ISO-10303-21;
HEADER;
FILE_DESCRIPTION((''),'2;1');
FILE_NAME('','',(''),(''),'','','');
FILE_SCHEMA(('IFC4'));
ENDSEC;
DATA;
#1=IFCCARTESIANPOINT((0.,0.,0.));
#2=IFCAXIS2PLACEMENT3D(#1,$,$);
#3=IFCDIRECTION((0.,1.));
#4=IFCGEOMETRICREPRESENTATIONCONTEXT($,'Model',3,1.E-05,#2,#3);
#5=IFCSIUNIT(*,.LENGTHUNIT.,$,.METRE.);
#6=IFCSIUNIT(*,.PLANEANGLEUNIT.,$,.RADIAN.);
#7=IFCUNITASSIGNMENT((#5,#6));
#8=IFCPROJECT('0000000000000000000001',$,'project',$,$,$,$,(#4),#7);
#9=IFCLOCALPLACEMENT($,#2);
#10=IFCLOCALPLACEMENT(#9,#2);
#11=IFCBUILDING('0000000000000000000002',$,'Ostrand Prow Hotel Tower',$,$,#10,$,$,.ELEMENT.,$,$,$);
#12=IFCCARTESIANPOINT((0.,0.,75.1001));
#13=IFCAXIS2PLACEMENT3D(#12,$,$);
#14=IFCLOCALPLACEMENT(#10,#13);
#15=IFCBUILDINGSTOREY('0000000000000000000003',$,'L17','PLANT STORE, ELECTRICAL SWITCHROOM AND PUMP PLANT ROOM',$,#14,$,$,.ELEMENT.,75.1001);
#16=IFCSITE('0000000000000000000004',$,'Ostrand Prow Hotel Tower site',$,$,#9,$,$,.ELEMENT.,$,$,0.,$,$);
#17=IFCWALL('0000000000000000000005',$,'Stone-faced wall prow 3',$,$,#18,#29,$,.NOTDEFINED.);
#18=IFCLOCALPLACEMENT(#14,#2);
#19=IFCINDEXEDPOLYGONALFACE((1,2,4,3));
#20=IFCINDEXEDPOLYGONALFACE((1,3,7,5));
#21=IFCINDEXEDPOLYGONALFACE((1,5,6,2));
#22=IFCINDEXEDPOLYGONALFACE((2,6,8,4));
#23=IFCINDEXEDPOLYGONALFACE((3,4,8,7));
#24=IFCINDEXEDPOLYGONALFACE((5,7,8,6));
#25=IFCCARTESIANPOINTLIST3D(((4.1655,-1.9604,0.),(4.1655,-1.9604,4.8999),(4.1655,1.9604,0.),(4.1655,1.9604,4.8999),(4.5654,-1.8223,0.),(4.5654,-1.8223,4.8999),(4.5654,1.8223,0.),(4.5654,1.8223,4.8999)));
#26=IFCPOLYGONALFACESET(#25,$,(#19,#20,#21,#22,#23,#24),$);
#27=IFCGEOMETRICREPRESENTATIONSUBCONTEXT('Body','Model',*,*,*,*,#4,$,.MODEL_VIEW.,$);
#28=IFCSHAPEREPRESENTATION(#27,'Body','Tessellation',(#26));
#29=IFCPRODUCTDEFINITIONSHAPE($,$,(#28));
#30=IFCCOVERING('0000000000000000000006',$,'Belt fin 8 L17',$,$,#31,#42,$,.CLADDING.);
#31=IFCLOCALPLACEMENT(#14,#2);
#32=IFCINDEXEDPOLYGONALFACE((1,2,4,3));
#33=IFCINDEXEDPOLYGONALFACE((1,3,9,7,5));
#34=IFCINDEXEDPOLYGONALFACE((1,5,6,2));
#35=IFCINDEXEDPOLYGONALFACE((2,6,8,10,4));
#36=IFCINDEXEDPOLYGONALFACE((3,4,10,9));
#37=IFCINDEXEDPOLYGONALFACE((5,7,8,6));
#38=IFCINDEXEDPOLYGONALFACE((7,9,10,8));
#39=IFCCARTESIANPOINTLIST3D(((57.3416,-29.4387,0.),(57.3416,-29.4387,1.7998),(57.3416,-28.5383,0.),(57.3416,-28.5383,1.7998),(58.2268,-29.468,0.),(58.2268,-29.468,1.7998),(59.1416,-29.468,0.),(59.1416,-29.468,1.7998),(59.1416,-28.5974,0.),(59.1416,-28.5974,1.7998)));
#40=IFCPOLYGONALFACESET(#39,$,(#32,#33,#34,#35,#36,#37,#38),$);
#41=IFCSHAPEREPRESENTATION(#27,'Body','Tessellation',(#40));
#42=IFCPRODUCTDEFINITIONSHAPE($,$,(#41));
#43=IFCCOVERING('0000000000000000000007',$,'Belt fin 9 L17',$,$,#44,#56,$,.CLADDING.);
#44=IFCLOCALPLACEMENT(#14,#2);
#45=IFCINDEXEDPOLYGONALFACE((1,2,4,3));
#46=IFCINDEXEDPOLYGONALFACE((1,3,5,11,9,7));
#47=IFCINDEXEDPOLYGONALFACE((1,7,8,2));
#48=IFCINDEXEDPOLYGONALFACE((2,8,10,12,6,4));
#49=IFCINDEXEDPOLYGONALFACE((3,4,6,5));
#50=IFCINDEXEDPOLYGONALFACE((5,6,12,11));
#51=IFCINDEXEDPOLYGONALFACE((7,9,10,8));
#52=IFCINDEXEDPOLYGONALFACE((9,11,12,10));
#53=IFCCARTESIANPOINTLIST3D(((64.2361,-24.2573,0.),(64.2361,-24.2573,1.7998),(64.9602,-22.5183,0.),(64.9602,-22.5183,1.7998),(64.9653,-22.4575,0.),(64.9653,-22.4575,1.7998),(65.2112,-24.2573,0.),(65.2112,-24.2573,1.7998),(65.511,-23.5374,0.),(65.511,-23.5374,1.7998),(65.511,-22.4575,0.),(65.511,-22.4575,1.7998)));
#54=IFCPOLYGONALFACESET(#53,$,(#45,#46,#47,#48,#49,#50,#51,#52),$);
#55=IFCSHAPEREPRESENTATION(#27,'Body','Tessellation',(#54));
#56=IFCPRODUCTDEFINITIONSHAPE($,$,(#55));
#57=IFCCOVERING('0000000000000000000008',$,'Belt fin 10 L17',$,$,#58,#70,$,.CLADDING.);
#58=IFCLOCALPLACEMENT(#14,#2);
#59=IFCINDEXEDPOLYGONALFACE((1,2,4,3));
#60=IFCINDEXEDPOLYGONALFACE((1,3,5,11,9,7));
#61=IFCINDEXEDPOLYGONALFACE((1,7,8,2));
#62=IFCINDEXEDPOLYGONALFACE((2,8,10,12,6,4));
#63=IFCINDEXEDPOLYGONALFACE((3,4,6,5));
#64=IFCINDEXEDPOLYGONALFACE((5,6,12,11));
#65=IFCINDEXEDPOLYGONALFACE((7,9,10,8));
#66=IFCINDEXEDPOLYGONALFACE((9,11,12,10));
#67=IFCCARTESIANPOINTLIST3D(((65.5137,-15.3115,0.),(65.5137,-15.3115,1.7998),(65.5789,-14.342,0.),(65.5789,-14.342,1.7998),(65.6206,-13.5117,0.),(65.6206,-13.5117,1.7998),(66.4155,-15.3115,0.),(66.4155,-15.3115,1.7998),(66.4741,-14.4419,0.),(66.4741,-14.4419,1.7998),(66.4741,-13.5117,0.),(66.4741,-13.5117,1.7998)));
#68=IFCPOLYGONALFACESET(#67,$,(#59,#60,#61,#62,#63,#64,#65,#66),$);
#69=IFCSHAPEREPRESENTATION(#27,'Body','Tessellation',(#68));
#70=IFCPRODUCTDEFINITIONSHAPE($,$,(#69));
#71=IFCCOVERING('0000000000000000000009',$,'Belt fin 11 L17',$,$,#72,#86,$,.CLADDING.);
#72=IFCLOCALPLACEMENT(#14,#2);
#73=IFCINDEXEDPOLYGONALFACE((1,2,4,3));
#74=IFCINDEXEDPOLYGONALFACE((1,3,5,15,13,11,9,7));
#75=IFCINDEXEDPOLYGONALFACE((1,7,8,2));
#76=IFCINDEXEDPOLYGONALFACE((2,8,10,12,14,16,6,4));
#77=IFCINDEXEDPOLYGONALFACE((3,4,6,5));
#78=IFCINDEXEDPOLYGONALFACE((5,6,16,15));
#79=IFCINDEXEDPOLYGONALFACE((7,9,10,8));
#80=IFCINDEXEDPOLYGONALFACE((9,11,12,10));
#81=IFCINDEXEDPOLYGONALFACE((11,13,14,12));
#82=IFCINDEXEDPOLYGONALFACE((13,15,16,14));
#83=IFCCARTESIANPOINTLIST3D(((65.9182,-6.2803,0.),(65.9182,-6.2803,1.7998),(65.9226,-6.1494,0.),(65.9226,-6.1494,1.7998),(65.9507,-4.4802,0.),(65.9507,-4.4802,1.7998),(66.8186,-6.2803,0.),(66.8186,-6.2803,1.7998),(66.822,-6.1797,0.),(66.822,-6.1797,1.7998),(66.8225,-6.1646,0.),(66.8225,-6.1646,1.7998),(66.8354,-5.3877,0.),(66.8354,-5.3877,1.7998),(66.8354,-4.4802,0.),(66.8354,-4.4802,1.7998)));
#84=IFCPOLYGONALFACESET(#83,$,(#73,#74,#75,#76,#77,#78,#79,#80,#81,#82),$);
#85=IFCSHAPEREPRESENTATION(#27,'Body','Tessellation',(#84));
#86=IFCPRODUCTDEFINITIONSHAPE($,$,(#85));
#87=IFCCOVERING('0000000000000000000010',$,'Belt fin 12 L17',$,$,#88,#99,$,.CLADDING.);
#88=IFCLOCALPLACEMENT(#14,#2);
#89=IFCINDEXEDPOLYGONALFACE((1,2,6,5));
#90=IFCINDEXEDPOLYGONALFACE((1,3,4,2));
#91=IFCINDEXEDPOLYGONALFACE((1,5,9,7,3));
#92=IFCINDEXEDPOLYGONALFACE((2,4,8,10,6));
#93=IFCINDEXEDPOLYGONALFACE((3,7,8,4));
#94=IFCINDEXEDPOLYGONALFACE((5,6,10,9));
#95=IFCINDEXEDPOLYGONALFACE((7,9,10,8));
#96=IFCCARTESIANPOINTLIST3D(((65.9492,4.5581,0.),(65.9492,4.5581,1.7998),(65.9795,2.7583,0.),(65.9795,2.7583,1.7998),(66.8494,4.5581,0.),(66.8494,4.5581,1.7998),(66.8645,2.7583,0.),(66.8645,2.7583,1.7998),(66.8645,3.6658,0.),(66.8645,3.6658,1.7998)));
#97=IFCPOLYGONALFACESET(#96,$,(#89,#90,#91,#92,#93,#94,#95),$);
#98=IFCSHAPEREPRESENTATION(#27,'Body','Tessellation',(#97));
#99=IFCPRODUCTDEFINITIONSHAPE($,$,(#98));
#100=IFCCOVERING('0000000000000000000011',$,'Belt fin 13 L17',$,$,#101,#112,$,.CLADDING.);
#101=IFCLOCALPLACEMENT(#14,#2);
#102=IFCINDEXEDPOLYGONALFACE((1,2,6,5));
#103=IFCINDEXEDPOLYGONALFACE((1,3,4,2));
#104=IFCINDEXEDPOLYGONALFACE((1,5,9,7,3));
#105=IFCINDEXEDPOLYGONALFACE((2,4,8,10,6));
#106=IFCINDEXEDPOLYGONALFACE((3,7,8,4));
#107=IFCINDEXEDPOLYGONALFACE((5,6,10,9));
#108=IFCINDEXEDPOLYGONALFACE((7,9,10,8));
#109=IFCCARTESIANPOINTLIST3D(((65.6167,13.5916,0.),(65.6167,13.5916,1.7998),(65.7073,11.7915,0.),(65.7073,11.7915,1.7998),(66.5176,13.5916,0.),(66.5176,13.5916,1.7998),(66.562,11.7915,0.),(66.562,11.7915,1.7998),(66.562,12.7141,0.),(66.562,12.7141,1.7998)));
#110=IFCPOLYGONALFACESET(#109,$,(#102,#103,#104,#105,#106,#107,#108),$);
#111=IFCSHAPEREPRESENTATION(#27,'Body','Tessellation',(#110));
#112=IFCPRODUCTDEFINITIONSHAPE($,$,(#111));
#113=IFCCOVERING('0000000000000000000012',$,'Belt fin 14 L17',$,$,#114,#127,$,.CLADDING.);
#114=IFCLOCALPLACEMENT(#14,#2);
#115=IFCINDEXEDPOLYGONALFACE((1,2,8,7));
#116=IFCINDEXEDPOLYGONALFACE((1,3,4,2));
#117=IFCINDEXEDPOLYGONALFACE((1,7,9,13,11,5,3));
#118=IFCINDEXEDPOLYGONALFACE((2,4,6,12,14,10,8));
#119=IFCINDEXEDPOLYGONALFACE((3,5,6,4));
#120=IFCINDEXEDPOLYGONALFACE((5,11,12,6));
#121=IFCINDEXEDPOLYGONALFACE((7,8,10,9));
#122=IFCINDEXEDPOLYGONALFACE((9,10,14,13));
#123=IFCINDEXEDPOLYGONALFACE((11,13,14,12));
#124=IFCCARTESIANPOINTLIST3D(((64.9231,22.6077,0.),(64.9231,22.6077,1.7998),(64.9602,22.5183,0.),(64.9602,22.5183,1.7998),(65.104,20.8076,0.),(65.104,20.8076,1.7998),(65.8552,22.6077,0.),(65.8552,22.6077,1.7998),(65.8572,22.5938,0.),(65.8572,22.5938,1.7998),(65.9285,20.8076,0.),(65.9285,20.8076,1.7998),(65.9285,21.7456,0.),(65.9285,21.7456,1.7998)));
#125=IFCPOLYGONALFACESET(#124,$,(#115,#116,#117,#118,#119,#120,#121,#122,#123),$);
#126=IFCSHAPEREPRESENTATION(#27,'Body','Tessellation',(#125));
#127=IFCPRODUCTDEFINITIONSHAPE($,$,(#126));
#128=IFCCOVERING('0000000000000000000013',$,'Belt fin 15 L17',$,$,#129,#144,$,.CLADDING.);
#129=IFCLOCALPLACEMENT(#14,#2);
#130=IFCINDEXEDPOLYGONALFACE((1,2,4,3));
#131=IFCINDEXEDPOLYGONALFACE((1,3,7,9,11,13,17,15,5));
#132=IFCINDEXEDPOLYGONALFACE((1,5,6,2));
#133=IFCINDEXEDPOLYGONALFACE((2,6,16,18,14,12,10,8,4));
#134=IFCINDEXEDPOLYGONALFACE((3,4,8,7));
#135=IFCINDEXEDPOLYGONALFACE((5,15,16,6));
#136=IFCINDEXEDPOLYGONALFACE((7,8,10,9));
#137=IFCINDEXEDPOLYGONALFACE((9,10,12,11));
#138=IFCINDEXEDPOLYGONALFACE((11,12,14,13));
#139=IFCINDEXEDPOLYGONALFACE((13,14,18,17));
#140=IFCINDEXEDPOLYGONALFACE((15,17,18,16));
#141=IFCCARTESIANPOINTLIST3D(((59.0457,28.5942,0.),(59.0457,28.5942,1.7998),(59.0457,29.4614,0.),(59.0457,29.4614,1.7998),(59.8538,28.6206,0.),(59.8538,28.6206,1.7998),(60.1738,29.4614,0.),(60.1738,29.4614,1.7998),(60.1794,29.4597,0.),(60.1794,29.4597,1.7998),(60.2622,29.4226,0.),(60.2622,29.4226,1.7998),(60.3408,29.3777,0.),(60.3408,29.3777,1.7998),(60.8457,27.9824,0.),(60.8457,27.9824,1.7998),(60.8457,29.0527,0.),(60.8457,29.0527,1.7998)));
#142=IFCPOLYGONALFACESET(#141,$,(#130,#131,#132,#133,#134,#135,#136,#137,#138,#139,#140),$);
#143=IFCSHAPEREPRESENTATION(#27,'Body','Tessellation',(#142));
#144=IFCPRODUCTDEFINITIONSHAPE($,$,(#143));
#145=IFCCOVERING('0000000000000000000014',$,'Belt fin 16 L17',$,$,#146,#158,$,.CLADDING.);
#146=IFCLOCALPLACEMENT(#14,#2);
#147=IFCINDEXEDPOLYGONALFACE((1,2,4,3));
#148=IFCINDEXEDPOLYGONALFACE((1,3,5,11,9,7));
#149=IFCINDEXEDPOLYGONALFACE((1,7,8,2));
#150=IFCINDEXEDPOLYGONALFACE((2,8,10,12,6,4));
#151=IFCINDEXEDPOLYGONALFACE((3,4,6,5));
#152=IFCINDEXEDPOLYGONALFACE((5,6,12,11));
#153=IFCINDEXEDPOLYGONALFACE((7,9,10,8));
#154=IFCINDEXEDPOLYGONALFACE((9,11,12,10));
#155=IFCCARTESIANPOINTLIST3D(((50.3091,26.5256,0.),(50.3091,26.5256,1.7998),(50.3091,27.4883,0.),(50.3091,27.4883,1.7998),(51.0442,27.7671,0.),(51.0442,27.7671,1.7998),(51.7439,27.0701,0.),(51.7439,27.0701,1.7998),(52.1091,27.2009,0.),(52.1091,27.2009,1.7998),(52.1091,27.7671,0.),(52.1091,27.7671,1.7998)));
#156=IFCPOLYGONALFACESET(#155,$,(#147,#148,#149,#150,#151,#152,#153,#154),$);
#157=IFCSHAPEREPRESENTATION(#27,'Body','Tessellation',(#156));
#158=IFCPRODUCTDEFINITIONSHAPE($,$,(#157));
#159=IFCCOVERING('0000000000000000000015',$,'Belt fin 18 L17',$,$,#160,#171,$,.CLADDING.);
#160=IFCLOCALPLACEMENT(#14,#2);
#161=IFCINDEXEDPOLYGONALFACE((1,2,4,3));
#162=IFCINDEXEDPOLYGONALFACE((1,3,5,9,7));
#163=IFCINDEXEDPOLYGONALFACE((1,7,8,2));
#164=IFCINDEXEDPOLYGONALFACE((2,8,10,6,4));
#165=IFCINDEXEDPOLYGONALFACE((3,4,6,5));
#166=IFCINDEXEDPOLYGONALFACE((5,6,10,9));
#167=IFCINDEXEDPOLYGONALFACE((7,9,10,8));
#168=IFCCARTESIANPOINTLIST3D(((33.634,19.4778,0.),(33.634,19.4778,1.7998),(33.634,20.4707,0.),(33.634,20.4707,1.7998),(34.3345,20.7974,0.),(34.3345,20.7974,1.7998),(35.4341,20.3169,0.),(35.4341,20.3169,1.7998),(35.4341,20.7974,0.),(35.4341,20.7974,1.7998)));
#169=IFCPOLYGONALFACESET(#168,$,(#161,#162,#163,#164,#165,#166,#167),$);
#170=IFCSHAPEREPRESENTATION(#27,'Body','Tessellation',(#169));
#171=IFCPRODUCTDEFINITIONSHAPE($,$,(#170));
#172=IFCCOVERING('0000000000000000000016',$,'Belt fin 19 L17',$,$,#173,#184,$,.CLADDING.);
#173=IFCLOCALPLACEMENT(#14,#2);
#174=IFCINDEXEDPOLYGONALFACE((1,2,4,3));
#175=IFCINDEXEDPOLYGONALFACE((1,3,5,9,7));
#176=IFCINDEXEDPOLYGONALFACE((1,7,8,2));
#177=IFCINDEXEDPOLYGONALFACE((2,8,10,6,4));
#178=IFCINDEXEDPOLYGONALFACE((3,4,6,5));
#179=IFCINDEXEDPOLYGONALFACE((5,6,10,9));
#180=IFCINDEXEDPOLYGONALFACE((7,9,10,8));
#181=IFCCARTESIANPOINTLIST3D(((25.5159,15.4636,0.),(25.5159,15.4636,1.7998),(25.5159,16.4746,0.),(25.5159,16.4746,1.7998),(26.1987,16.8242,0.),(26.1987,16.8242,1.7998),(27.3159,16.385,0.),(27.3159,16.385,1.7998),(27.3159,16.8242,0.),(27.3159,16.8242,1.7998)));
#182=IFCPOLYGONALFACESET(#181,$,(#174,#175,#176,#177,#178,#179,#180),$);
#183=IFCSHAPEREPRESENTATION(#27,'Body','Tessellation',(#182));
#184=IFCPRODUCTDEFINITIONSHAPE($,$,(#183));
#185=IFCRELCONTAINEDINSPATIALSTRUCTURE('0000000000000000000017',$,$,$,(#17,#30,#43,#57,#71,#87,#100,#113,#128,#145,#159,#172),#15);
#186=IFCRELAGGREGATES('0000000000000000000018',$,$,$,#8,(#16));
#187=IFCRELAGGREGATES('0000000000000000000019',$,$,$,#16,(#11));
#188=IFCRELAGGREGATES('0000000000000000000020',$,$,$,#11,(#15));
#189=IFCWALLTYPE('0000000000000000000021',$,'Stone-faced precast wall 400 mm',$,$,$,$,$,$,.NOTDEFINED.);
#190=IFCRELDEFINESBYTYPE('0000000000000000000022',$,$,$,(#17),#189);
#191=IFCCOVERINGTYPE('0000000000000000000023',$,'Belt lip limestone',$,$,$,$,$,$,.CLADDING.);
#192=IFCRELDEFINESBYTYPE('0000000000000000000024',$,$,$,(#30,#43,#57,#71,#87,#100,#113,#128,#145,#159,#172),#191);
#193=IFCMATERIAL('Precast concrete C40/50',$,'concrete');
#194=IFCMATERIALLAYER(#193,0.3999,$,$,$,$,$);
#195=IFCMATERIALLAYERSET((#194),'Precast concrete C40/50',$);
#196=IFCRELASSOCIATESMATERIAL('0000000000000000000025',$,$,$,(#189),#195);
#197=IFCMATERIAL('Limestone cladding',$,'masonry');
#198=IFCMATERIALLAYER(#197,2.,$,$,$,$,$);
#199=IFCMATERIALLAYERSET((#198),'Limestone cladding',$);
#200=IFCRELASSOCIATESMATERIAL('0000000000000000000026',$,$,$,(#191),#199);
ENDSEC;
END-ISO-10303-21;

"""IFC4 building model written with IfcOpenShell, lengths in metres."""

from ifc_helpers import new_model, si_unit, direction, frame, origin, place, context, subcontext, project, spatial, polyline, outline, extrude, material, layer, layer_set, type_object, element, save


model = new_model("IFC4")

# Units and contexts
model_context = context("Model", 3, precision=1e-05, world=origin(), true_north=direction((0.0, 1.0)))
body_context = subcontext(model_context, "Body", "Model", "MODEL_VIEW")
ifc_project = project(units=[si_unit("LENGTHUNIT", "METRE"), si_unit("PLANEANGLEUNIT", "RADIAN")], contexts=[model_context])

# Site, building, storey
site_placement = place(None, origin())
site = spatial("IfcSite", under=ifc_project, at=site_placement, Name="Ostrand Prow Hotel Tower site", CompositionType="ELEMENT", RefElevation=0.0)
building_placement = place(site_placement, origin())
building = spatial("IfcBuilding", under=site, at=building_placement, Name="Ostrand Prow Hotel Tower", CompositionType="ELEMENT")
storey_placement = place(building_placement, frame((0.0, 0.0, 75.1001)))
storey = spatial("IfcBuildingStorey", under=building, at=storey_placement, Name="L17", Description="PLANT STORE, ELECTRICAL SWITCHROOM AND PUMP PLANT ROOM", CompositionType="ELEMENT", Elevation=75.1001)

# Wall
ifc_material_1 = material(Name="Precast concrete C40/50", Category="concrete")
ifc_layer_1 = layer(ifc_material_1, 0.3999)
ifc_layer_set_1 = layer_set([ifc_layer_1], Name="Precast concrete C40/50")
wall_type_1 = type_object("IfcWallType", Name="Stone-faced precast wall 400 mm", PredefinedType="NOTDEFINED", material=ifc_layer_set_1)
wall_1_placement = place(storey_placement, frame((4.3655, 1.8914, 0.0), z_axis=(0.0, 0.0, 1.0), x_axis=(0.0, -1.0, 0.0)))
element("IfcWall", 1, at=wall_1_placement, inside=storey, type_object=wall_type_1, Name="Stone-faced wall prow 3", PredefinedType="NOTDEFINED", context=body_context, shape_type="SweptSolid", body=[
    extrude(outline(polyline([(-0.0691, -0.2), (3.8518, -0.2), (3.7136, 0.2), (0.0691, 0.2), (-0.0691, -0.2)])), origin(), (0.0, 0.0, 1.0), 4.8999),
])

# Coverings
ifc_material_2 = material(Name="Limestone cladding", Category="masonry")
ifc_layer_2 = layer(ifc_material_2, 2.0)
ifc_layer_set_2 = layer_set([ifc_layer_2], Name="Limestone cladding")
covering_type_1 = type_object("IfcCoveringType", Name="Belt lip limestone", PredefinedType="CLADDING", material=ifc_layer_set_2)
covering_1_placement = place(storey_placement, origin())
element("IfcCovering", 2, at=covering_1_placement, inside=storey, type_object=covering_type_1, Name="Belt fin 8 L17", PredefinedType="CLADDING", context=body_context, shape_type="SweptSolid", body=[
    extrude(outline(polyline([(57.3416, -29.4387), (58.2268, -29.468), (59.1416, -29.468), (59.1416, -28.5974), (57.3416, -28.5383), (57.3416, -29.4387)])), origin(), (0.0, 0.0, 1.0), 1.7998),
])
covering_2_placement = place(storey_placement, origin())
element("IfcCovering", 3, at=covering_2_placement, inside=storey, type_object=covering_type_1, Name="Belt fin 9 L17", PredefinedType="CLADDING", context=body_context, shape_type="SweptSolid", body=[
    extrude(outline(polyline([(65.2112, -24.2573), (65.511, -23.5374), (65.511, -22.4575), (64.9653, -22.4575), (64.9602, -22.5183), (64.2361, -24.2573), (65.2112, -24.2573)])), origin(), (0.0, 0.0, 1.0), 1.7998),
])
covering_3_placement = place(storey_placement, origin())
element("IfcCovering", 4, at=covering_3_placement, inside=storey, type_object=covering_type_1, Name="Belt fin 10 L17", PredefinedType="CLADDING", context=body_context, shape_type="SweptSolid", body=[
    extrude(outline(polyline([(66.4155, -15.3115), (66.4741, -14.4419), (66.4741, -13.5117), (65.6206, -13.5117), (65.5789, -14.342), (65.5137, -15.3115), (66.4155, -15.3115)])), origin(), (0.0, 0.0, 1.0), 1.7998),
])
covering_4_placement = place(storey_placement, origin())
element("IfcCovering", 5, at=covering_4_placement, inside=storey, type_object=covering_type_1, Name="Belt fin 11 L17", PredefinedType="CLADDING", context=body_context, shape_type="SweptSolid", body=[
    extrude(outline(polyline([(66.8225, -6.1646), (66.8354, -5.3877), (66.8354, -4.4802), (65.9507, -4.4802), (65.9226, -6.1494), (65.9182, -6.2803), (66.8186, -6.2803), (66.822, -6.1797), (66.8225, -6.1646)])), origin(), (0.0, 0.0, 1.0), 1.7998),
])
covering_5_placement = place(storey_placement, origin())
element("IfcCovering", 6, at=covering_5_placement, inside=storey, type_object=covering_type_1, Name="Belt fin 12 L17", PredefinedType="CLADDING", context=body_context, shape_type="SweptSolid", body=[
    extrude(outline(polyline([(66.8645, 3.6658), (66.8494, 4.5581), (65.9492, 4.5581), (65.9795, 2.7583), (66.8645, 2.7583), (66.8645, 3.6658)])), origin(), (0.0, 0.0, 1.0), 1.7998),
])
covering_6_placement = place(storey_placement, origin())
element("IfcCovering", 7, at=covering_6_placement, inside=storey, type_object=covering_type_1, Name="Belt fin 13 L17", PredefinedType="CLADDING", context=body_context, shape_type="SweptSolid", body=[
    extrude(outline(polyline([(66.562, 12.7141), (66.5176, 13.5916), (65.6167, 13.5916), (65.7073, 11.7915), (66.562, 11.7915), (66.562, 12.7141)])), origin(), (0.0, 0.0, 1.0), 1.7998),
])
covering_7_placement = place(storey_placement, origin())
element("IfcCovering", 8, at=covering_7_placement, inside=storey, type_object=covering_type_1, Name="Belt fin 14 L17", PredefinedType="CLADDING", context=body_context, shape_type="SweptSolid", body=[
    extrude(outline(polyline([(65.8572, 22.5938), (65.8552, 22.6077), (64.9231, 22.6077), (64.9602, 22.5183), (65.104, 20.8076), (65.9285, 20.8076), (65.9285, 21.7456), (65.8572, 22.5938)])), origin(), (0.0, 0.0, 1.0), 1.7998),
])
covering_8_placement = place(storey_placement, origin())
element("IfcCovering", 9, at=covering_8_placement, inside=storey, type_object=covering_type_1, Name="Belt fin 15 L17", PredefinedType="CLADDING", context=body_context, shape_type="SweptSolid", body=[
    extrude(outline(polyline([(60.1794, 29.4597), (60.1738, 29.4614), (59.0457, 29.4614), (59.0457, 28.5942), (59.8538, 28.6206), (60.8457, 27.9824), (60.8457, 29.0527), (60.3408, 29.3777), (60.2622, 29.4226), (60.1794, 29.4597)])), origin(), (0.0, 0.0, 1.0), 1.7998),
])
covering_9_placement = place(storey_placement, origin())
element("IfcCovering", 10, at=covering_9_placement, inside=storey, type_object=covering_type_1, Name="Belt fin 16 L17", PredefinedType="CLADDING", context=body_context, shape_type="SweptSolid", body=[
    extrude(outline(polyline([(51.7439, 27.0701), (52.1091, 27.2009), (52.1091, 27.7671), (51.0442, 27.7671), (50.3091, 27.4883), (50.3091, 26.5256), (51.7439, 27.0701)])), origin(), (0.0, 0.0, 1.0), 1.7998),
])
covering_10_placement = place(storey_placement, origin())
element("IfcCovering", 11, at=covering_10_placement, inside=storey, type_object=covering_type_1, Name="Belt fin 18 L17", PredefinedType="CLADDING", context=body_context, shape_type="SweptSolid", body=[
    extrude(outline(polyline([(34.3345, 20.7974), (33.634, 20.4707), (33.634, 19.4778), (35.4341, 20.3169), (35.4341, 20.7974), (34.3345, 20.7974)])), origin(), (0.0, 0.0, 1.0), 1.7998),
])
covering_11_placement = place(storey_placement, origin())
element("IfcCovering", 12, at=covering_11_placement, inside=storey, type_object=covering_type_1, Name="Belt fin 19 L17", PredefinedType="CLADDING", context=body_context, shape_type="SweptSolid", body=[
    extrude(outline(polyline([(26.1987, 16.8242), (25.5159, 16.4746), (25.5159, 15.4636), (27.3159, 16.385), (27.3159, 16.8242), (26.1987, 16.8242)])), origin(), (0.0, 0.0, 1.0), 1.7998),
])

save(model, "model.ifc")
